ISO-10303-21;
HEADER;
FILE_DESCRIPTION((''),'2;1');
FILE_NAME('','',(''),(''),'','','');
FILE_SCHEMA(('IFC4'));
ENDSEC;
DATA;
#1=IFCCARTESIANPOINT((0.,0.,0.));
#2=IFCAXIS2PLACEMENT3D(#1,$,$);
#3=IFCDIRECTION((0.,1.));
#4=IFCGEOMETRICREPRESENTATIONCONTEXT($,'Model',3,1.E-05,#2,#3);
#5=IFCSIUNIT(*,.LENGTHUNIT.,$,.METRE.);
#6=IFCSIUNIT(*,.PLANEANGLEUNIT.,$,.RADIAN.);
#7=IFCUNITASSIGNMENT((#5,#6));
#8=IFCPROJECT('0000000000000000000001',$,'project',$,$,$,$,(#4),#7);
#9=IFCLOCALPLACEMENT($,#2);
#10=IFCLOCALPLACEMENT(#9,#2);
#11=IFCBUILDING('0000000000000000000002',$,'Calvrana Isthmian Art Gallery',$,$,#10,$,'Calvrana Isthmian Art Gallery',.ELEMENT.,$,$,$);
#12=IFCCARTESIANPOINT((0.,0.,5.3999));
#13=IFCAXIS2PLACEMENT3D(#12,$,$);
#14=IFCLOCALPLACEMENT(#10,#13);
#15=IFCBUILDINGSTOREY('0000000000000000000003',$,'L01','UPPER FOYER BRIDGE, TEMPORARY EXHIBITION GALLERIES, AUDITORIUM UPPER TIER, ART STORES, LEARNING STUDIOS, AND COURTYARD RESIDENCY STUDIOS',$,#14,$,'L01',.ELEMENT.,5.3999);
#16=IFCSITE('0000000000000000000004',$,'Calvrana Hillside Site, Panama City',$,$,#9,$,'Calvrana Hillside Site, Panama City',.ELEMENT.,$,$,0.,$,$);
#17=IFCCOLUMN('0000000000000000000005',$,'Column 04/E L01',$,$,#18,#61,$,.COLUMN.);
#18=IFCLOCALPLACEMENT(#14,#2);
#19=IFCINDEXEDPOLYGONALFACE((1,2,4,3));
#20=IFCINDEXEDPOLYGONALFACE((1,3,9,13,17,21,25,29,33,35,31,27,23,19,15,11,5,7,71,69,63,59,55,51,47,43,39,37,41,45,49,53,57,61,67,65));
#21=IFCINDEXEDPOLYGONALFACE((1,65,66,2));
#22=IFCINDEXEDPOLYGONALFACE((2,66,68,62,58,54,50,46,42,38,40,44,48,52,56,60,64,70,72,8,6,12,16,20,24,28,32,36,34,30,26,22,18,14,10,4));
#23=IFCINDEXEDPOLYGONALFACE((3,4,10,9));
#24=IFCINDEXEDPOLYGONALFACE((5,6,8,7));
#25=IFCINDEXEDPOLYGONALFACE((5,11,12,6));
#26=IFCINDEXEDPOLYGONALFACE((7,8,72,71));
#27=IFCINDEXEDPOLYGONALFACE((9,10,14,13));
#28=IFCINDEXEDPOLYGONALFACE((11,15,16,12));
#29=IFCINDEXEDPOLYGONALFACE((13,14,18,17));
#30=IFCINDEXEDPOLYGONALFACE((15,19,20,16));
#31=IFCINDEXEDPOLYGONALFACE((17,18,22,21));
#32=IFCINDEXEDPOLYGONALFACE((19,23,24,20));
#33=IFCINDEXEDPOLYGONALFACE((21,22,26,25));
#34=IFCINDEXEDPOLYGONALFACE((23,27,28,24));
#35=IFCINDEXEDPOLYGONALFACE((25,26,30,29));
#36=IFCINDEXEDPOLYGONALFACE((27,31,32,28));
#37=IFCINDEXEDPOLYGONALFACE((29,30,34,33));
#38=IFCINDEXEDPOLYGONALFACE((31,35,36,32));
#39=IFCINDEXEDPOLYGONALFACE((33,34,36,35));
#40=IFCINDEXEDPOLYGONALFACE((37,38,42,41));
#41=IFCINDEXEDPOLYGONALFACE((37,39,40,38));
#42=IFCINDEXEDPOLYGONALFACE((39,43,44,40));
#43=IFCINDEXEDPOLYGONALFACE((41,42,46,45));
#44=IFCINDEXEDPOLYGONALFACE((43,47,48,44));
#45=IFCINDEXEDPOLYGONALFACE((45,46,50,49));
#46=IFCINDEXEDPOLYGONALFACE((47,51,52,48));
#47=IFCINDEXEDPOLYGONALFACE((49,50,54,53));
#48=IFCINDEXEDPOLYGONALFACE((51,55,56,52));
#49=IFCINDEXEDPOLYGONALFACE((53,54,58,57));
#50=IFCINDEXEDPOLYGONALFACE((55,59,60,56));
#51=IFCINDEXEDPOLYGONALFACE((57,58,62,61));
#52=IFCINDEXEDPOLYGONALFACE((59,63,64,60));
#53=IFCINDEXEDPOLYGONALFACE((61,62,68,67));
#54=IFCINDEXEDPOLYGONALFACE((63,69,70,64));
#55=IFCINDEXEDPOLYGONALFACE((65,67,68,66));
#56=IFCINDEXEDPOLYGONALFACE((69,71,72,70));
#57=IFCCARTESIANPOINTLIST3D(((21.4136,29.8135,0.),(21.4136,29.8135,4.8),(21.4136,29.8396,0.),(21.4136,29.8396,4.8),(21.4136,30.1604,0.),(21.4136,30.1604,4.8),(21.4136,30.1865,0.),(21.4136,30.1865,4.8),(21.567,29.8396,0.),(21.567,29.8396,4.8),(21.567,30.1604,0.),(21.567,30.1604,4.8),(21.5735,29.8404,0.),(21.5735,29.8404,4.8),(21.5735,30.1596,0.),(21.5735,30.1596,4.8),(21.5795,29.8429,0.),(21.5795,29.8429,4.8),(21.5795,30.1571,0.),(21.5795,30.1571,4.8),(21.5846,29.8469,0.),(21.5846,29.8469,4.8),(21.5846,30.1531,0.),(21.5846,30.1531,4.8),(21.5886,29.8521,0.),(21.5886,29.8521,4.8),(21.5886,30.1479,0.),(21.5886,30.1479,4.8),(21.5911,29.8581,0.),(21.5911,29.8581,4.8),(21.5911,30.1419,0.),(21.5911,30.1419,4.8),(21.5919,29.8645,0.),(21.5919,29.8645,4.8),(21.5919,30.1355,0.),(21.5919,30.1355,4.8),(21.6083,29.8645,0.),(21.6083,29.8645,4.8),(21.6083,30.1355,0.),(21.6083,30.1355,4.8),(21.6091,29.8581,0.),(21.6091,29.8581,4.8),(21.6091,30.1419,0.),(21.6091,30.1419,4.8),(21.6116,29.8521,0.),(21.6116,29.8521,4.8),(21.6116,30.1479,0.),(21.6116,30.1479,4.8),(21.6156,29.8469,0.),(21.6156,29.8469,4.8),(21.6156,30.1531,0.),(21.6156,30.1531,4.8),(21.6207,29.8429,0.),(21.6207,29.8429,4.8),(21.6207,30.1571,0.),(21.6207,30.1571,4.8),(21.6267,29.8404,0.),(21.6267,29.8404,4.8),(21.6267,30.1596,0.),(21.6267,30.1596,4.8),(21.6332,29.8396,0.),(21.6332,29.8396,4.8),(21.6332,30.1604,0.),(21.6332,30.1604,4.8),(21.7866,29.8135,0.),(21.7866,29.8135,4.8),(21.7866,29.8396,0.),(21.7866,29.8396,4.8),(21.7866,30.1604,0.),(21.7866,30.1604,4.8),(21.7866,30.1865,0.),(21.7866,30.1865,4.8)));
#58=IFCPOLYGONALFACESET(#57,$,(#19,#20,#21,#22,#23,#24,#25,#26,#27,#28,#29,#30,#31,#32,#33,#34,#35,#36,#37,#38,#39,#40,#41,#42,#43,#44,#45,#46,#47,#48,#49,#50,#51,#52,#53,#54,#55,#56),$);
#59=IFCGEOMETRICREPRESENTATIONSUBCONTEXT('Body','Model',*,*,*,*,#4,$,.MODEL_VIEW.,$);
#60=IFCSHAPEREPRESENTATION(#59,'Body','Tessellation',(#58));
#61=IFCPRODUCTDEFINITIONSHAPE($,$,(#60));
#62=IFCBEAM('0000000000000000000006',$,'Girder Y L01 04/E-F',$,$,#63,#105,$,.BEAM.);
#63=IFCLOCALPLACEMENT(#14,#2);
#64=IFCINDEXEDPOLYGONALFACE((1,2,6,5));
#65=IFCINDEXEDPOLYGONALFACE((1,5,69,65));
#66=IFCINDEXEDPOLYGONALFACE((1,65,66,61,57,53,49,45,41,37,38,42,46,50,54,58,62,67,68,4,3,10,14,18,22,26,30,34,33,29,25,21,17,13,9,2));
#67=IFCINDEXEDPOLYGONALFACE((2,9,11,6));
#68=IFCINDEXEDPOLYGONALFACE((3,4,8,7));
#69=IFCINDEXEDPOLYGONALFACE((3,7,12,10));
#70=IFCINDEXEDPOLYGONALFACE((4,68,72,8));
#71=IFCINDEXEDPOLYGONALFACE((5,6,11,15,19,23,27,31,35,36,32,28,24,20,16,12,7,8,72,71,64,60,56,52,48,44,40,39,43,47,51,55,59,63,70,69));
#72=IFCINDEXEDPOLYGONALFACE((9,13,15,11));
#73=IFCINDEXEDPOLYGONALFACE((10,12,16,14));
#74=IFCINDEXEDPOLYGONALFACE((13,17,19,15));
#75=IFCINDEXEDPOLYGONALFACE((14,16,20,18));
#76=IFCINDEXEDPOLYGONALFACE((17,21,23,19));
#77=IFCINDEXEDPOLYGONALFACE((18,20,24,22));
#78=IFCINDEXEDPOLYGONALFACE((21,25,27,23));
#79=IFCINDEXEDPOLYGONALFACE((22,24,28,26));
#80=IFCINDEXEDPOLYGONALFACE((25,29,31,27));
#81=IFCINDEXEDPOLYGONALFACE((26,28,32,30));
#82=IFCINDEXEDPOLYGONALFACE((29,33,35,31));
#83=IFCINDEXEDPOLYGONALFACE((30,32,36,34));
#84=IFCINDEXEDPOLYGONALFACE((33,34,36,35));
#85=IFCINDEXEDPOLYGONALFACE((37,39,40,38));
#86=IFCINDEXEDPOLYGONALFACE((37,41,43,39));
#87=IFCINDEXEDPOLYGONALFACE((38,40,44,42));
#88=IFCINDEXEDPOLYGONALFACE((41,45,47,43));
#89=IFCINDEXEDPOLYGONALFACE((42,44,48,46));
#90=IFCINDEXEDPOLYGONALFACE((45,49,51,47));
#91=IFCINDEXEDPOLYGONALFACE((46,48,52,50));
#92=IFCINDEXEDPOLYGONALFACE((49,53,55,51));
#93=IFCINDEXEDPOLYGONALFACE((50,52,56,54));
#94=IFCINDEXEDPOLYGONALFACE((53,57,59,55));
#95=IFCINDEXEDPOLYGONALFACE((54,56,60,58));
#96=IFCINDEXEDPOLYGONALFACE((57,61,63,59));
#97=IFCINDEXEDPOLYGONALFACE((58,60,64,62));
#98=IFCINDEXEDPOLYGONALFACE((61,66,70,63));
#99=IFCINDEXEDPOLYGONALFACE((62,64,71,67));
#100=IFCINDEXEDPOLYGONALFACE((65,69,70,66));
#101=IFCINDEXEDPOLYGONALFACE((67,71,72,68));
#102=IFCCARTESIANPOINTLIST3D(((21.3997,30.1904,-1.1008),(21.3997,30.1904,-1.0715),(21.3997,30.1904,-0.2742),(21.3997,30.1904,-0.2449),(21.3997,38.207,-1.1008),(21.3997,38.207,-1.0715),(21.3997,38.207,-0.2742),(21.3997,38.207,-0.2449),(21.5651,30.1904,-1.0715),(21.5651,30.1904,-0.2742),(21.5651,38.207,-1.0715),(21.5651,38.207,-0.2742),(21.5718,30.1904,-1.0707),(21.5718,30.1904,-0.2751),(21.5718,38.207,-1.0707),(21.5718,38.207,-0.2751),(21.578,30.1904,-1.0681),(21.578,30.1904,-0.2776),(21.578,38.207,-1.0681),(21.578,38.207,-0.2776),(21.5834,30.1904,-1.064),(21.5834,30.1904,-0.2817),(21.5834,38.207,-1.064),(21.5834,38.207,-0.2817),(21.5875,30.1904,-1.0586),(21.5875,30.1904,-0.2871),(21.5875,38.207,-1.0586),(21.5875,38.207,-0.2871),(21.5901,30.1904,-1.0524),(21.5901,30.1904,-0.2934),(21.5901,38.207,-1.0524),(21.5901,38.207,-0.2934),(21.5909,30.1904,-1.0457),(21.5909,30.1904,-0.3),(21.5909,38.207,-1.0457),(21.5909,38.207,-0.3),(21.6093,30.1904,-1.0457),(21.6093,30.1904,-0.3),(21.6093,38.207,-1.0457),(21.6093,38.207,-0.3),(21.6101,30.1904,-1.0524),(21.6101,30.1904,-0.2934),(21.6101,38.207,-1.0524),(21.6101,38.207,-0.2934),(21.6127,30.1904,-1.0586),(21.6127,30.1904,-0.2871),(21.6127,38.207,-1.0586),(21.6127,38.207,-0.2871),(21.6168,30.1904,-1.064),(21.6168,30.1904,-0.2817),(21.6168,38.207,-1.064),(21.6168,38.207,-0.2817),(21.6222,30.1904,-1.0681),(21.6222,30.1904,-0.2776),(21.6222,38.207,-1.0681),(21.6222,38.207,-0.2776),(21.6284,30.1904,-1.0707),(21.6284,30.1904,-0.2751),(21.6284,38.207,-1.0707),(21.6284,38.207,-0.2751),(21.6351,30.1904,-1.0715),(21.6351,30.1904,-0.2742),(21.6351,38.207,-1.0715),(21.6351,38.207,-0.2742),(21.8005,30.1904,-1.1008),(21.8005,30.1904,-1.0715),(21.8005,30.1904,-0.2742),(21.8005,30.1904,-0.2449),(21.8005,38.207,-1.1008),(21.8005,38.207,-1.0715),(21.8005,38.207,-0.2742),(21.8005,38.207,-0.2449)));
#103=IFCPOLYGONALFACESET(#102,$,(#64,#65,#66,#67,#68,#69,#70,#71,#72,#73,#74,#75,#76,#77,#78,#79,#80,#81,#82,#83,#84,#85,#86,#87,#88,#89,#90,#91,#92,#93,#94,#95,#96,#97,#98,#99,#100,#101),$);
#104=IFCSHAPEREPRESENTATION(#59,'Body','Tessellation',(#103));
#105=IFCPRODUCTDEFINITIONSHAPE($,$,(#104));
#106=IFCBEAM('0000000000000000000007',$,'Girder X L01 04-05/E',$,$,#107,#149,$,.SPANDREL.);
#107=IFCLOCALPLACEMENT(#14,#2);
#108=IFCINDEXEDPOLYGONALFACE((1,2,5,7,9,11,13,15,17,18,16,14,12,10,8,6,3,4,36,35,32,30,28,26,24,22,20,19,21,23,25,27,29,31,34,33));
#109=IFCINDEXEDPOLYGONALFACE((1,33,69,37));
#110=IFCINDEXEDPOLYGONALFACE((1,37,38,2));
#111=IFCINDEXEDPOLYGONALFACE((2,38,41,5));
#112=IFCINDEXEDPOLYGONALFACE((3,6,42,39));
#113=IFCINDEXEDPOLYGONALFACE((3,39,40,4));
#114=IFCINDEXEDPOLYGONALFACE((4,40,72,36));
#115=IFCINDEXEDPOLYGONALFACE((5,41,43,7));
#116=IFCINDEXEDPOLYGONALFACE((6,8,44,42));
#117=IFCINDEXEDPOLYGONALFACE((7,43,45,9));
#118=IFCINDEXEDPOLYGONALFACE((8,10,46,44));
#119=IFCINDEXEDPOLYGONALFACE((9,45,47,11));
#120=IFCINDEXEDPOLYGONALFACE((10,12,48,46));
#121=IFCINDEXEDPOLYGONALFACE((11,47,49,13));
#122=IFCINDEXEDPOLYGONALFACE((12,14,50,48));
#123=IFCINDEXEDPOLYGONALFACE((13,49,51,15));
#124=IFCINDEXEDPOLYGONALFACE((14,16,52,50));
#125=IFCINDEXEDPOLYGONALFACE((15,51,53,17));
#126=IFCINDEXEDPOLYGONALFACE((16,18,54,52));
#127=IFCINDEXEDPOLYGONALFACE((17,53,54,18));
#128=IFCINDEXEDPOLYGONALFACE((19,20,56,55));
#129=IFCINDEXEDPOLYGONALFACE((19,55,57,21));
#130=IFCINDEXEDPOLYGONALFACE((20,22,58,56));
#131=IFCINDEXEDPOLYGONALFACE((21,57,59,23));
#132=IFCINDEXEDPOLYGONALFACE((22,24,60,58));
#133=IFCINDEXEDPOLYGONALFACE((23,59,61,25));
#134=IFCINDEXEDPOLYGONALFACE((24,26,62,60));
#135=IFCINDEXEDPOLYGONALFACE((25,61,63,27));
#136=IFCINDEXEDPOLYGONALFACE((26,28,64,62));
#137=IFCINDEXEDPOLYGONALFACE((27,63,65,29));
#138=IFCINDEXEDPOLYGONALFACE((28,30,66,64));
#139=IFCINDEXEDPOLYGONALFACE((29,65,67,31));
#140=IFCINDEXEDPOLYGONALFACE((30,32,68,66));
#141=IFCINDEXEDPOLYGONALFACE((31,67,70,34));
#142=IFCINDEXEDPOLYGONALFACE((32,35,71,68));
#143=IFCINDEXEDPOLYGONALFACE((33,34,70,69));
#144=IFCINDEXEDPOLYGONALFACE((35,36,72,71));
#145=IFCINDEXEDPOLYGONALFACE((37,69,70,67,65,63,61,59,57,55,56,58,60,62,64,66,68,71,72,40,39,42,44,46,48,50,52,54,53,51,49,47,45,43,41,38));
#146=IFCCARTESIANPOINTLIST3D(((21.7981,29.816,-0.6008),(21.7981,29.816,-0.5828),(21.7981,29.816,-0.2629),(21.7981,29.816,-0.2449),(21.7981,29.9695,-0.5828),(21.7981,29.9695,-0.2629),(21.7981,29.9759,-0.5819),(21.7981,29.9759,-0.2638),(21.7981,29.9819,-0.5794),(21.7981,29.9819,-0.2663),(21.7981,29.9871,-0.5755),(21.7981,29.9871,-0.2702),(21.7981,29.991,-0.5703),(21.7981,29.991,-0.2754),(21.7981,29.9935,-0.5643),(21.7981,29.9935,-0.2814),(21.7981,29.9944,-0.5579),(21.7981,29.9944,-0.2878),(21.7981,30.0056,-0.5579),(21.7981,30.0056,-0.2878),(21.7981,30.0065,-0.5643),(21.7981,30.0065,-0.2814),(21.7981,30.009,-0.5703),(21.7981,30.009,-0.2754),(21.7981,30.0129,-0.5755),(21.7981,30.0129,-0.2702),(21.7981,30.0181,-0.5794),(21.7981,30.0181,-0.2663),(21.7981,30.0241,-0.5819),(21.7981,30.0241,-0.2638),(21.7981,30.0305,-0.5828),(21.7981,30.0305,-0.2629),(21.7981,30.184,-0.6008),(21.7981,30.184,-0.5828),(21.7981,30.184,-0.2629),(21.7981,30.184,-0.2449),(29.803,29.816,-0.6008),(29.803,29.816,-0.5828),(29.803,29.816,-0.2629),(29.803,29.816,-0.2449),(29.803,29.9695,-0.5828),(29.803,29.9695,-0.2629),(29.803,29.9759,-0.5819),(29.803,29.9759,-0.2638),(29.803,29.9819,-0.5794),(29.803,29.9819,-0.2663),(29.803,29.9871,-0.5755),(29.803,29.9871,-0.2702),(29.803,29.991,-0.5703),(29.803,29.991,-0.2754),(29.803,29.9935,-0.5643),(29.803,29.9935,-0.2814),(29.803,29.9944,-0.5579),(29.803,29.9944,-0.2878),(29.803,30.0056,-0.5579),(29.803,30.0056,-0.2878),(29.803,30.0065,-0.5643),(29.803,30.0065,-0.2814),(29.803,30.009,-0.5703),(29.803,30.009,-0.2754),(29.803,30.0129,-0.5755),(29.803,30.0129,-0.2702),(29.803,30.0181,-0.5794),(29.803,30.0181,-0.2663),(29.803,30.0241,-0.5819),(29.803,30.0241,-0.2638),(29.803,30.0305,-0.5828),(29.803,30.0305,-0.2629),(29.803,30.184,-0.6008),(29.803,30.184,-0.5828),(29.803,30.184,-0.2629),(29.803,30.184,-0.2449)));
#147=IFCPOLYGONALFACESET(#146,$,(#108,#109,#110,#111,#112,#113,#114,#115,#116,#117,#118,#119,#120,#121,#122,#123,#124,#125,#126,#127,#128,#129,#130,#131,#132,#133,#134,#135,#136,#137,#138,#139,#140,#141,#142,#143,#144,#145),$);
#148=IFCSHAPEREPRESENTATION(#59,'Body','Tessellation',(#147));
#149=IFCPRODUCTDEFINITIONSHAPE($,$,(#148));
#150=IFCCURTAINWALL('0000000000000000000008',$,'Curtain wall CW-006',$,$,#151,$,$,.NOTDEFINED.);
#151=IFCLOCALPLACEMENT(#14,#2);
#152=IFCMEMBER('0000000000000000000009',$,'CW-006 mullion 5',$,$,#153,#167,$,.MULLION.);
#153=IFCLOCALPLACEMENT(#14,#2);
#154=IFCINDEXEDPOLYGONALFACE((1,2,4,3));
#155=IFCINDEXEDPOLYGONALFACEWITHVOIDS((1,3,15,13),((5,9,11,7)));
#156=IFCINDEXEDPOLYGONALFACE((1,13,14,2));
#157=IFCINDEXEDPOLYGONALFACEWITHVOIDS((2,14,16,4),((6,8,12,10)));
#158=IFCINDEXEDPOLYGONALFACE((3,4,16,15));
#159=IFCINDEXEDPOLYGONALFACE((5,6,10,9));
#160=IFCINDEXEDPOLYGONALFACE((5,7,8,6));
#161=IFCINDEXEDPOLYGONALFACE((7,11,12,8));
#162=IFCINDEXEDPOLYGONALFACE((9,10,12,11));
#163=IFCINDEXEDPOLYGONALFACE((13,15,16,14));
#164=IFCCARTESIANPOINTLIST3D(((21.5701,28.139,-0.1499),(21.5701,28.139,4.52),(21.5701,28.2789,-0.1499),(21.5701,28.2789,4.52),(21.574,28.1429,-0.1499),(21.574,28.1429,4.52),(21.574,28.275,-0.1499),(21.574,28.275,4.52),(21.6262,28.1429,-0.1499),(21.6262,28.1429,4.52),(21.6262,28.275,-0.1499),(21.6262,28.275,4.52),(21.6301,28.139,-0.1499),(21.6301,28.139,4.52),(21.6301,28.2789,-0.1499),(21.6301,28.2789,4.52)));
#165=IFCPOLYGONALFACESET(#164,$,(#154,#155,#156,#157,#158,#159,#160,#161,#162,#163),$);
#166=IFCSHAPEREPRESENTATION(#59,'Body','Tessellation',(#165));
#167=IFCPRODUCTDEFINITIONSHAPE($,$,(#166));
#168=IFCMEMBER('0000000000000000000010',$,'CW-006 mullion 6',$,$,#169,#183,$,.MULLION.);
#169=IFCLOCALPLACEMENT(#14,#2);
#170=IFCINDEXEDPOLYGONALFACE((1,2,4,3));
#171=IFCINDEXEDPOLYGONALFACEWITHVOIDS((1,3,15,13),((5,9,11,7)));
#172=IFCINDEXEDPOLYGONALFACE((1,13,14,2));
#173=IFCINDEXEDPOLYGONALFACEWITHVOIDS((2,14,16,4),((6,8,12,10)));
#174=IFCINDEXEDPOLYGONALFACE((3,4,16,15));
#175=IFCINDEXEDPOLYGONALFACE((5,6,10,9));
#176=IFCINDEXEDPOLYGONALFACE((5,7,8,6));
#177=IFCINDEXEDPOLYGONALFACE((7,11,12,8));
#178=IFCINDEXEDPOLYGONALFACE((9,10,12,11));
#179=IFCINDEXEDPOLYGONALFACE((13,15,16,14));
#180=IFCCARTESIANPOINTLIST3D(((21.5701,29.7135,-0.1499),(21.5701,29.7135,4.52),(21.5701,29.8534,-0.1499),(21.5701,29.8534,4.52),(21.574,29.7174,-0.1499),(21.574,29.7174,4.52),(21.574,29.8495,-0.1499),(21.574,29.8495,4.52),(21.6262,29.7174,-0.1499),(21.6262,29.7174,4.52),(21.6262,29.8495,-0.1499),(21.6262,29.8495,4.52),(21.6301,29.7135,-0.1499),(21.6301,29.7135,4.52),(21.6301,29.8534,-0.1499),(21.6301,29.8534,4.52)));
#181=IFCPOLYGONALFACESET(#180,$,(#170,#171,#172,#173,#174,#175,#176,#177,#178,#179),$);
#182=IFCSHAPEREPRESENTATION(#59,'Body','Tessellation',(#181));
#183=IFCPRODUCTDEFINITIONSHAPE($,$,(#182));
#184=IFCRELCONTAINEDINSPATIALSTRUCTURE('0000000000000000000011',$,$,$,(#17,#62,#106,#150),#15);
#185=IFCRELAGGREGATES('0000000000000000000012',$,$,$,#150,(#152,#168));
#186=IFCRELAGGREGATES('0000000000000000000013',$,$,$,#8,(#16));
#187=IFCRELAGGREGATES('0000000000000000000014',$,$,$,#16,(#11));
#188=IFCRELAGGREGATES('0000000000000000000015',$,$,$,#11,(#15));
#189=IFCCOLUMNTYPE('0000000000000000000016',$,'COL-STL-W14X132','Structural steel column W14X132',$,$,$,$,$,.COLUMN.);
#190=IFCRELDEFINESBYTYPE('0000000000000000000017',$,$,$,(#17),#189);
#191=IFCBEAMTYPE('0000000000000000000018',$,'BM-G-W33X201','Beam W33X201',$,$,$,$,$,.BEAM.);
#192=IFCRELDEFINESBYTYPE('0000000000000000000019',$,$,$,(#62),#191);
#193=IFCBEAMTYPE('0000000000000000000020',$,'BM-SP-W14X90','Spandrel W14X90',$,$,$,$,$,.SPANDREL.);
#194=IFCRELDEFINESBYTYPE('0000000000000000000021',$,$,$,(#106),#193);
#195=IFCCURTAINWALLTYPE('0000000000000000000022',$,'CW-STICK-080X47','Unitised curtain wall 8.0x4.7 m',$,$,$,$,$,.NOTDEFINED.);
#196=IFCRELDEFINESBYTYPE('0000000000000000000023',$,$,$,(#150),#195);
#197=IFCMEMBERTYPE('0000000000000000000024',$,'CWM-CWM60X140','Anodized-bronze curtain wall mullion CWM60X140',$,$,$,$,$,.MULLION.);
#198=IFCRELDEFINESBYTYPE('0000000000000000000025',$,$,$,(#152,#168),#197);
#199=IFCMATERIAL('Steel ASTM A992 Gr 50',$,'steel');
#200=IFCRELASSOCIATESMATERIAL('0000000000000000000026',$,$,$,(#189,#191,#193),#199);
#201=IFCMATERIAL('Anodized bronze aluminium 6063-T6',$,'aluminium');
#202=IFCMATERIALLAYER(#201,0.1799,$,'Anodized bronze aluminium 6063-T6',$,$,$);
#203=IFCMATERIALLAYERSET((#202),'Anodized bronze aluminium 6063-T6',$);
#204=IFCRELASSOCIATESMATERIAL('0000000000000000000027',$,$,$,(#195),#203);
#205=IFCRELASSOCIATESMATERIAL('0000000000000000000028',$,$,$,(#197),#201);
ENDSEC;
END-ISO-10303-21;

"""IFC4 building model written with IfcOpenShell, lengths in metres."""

from ifc_helpers import new_model, si_unit, direction, frame, origin, origin_2d, place, context, subcontext, project, spatial, hollow_rectangle, i_section, extrude, material, layer, layer_set, material_profile, profile_set, type_object, element, aggregate, save


model = new_model("IFC4")

# Units and contexts
model_context = context("Model", 3, precision=1e-05, world=origin(), true_north=direction((0.0, 1.0)))
body_context = subcontext(model_context, "Body", "Model", "MODEL_VIEW")
ifc_project = project(units=[si_unit("LENGTHUNIT", "METRE"), si_unit("PLANEANGLEUNIT", "RADIAN")], contexts=[model_context])

# Site, building, storey
site_placement = place(None, origin())
site = spatial("IfcSite", under=ifc_project, at=site_placement, Name="Calvrana Hillside Site, Panama City", LongName="Calvrana Hillside Site, Panama City", CompositionType="ELEMENT", RefElevation=0.0)
building_placement = place(site_placement, origin())
building = spatial("IfcBuilding", under=site, at=building_placement, Name="Calvrana Isthmian Art Gallery", LongName="Calvrana Isthmian Art Gallery", CompositionType="ELEMENT")
storey_placement = place(building_placement, frame((0.0, 0.0, 5.3999)))
storey = spatial("IfcBuildingStorey", under=building, at=storey_placement, Name="L01", Description="UPPER FOYER BRIDGE, TEMPORARY EXHIBITION GALLERIES, AUDITORIUM UPPER TIER, ART STORES, LEARNING STUDIOS, AND COURTYARD RESIDENCY STUDIOS", LongName="L01", CompositionType="ELEMENT", Elevation=5.3999)

# Column
ifc_material_1 = material(Name="Steel ASTM A992 Gr 50", Category="steel")
ifc_material_profile_1 = material_profile(ifc_material_1, i_section(OverallWidth=0.373, OverallDepth=0.373, WebThickness=0.0164, FlangeThickness=0.0261, FilletRadius=0.0249, at=origin_2d()), Name="W14X132")
ifc_profile_set_1 = profile_set([ifc_material_profile_1], Name="Steel ASTM A992 Gr 50")
column_type = type_object("IfcColumnType", Name="COL-STL-W14X132", Description="Structural steel column W14X132", PredefinedType="COLUMN", material=ifc_profile_set_1)
column_placement = place(storey_placement, frame((21.6001, 30.0, 0.0), z_axis=(0.0, 0.0, 1.0), x_axis=(1.0, 0.0, 0.0)))
element("IfcColumn", 1, at=column_placement, inside=storey, type_object=column_type, Name="Column 04/E L01", PredefinedType="COLUMN", context=body_context, shape_type="SweptSolid", body=[
    extrude(i_section(OverallWidth=0.373, OverallDepth=0.373, WebThickness=0.0164, FlangeThickness=0.0261, FilletRadius=0.0249, at=origin_2d()), origin(), (0.0, 0.0, 1.0), 4.8),
])

# Beams
ifc_material_profile_2 = material_profile(ifc_material_1, i_section(OverallWidth=0.4009, OverallDepth=0.856, WebThickness=0.0183, FlangeThickness=0.0293, FilletRadius=0.0259, at=origin_2d()), Name="W33X201")
ifc_profile_set_2 = profile_set([ifc_material_profile_2], Name="Steel ASTM A992 Gr 50")
beam_type_1 = type_object("IfcBeamType", Name="BM-G-W33X201", Description="Beam W33X201", PredefinedType="BEAM", material=ifc_profile_set_2)
beam_1_placement = place(storey_placement, frame((21.6001, 30.1904, -0.6729), z_axis=(0.0, 1.0, 0.0), x_axis=(-1.0, 0.0, 0.0)))
element("IfcBeam", 2, at=beam_1_placement, inside=storey, type_object=beam_type_1, Name="Girder Y L01 04/E-F", PredefinedType="BEAM", context=body_context, shape_type="SweptSolid", body=[
    extrude(i_section(OverallWidth=0.4009, OverallDepth=0.856, WebThickness=0.0183, FlangeThickness=0.0293, FilletRadius=0.0259, at=origin_2d()), origin(), (0.0, 0.0, 1.0), 8.0166),
])
ifc_material_profile_3 = material_profile(ifc_material_1, i_section(OverallWidth=0.3679, OverallDepth=0.356, WebThickness=0.0112, FlangeThickness=0.0181, FilletRadius=0.0249, at=origin_2d()), Name="W14X90")
ifc_profile_set_3 = profile_set([ifc_material_profile_3], Name="Steel ASTM A992 Gr 50")
beam_type_2 = type_object("IfcBeamType", Name="BM-SP-W14X90", Description="Spandrel W14X90", PredefinedType="SPANDREL", material=ifc_profile_set_3)
beam_2_placement = place(storey_placement, frame((21.7981, 30.0, -0.4229), z_axis=(1.0, 0.0, 0.0), x_axis=(0.0, 1.0, 0.0)))
element("IfcBeam", 3, at=beam_2_placement, inside=storey, type_object=beam_type_2, Name="Girder X L01 04-05/E", PredefinedType="SPANDREL", context=body_context, shape_type="SweptSolid", body=[
    extrude(i_section(OverallWidth=0.3679, OverallDepth=0.356, WebThickness=0.0112, FlangeThickness=0.0181, FilletRadius=0.0249, at=origin_2d()), origin(), (0.0, 0.0, 1.0), 8.0049),
])

# Curtain wall, members
ifc_material_2 = material(Name="Anodized bronze aluminium 6063-T6", Category="aluminium")
ifc_layer_1 = layer(ifc_material_2, 0.1799, Name="Anodized bronze aluminium 6063-T6")
ifc_layer_set_1 = layer_set([ifc_layer_1], Name="Anodized bronze aluminium 6063-T6")
curtain_wall_type_1 = type_object("IfcCurtainWallType", Name="CW-STICK-080X47", Description="Unitised curtain wall 8.0x4.7 m", PredefinedType="NOTDEFINED", material=ifc_layer_set_1)
curtain_wall_1_placement = place(storey_placement, origin())
curtain_wall_1 = element("IfcCurtainWall", 4, at=curtain_wall_1_placement, inside=storey, type_object=curtain_wall_type_1, Name="Curtain wall CW-006", PredefinedType="NOTDEFINED")
ifc_material_profile_4 = material_profile(ifc_material_2, hollow_rectangle(XDim=0.0601, YDim=0.1399, WallThickness=0.0039, at=origin_2d()), Name="CWM60X140")
ifc_profile_set_4 = profile_set([ifc_material_profile_4], Name="Anodized bronze aluminium 6063-T6")
member_type_1 = type_object("IfcMemberType", Name="CWM-CWM60X140", Description="Anodized-bronze curtain wall mullion CWM60X140", PredefinedType="MULLION", material=ifc_profile_set_4)
member_1_placement = place(storey_placement, frame((21.6001, 28.209, -0.1499), z_axis=(0.0, 0.0, 1.0), x_axis=(-1.0, 0.0, 0.0)))
member_1 = element("IfcMember", 5, at=member_1_placement, type_object=member_type_1, Name="CW-006 mullion 5", PredefinedType="MULLION", context=body_context, shape_type="SweptSolid", body=[
    extrude(hollow_rectangle(XDim=0.0601, YDim=0.1399, WallThickness=0.0039, at=origin_2d()), origin(), (0.0, 0.0, 1.0), 4.6699),
])
member_2_placement = place(storey_placement, frame((21.6001, 29.7834, -0.1499), z_axis=(0.0, 0.0, 1.0), x_axis=(-1.0, 0.0, 0.0)))
member_2 = element("IfcMember", 6, at=member_2_placement, type_object=member_type_1, Name="CW-006 mullion 6", PredefinedType="MULLION", context=body_context, shape_type="SweptSolid", body=[
    extrude(hollow_rectangle(XDim=0.0601, YDim=0.1399, WallThickness=0.0039, at=origin_2d()), origin(), (0.0, 0.0, 1.0), 4.6699),
])

aggregate(curtain_wall_1, [member_1, member_2])

save(model, "model.ifc")
